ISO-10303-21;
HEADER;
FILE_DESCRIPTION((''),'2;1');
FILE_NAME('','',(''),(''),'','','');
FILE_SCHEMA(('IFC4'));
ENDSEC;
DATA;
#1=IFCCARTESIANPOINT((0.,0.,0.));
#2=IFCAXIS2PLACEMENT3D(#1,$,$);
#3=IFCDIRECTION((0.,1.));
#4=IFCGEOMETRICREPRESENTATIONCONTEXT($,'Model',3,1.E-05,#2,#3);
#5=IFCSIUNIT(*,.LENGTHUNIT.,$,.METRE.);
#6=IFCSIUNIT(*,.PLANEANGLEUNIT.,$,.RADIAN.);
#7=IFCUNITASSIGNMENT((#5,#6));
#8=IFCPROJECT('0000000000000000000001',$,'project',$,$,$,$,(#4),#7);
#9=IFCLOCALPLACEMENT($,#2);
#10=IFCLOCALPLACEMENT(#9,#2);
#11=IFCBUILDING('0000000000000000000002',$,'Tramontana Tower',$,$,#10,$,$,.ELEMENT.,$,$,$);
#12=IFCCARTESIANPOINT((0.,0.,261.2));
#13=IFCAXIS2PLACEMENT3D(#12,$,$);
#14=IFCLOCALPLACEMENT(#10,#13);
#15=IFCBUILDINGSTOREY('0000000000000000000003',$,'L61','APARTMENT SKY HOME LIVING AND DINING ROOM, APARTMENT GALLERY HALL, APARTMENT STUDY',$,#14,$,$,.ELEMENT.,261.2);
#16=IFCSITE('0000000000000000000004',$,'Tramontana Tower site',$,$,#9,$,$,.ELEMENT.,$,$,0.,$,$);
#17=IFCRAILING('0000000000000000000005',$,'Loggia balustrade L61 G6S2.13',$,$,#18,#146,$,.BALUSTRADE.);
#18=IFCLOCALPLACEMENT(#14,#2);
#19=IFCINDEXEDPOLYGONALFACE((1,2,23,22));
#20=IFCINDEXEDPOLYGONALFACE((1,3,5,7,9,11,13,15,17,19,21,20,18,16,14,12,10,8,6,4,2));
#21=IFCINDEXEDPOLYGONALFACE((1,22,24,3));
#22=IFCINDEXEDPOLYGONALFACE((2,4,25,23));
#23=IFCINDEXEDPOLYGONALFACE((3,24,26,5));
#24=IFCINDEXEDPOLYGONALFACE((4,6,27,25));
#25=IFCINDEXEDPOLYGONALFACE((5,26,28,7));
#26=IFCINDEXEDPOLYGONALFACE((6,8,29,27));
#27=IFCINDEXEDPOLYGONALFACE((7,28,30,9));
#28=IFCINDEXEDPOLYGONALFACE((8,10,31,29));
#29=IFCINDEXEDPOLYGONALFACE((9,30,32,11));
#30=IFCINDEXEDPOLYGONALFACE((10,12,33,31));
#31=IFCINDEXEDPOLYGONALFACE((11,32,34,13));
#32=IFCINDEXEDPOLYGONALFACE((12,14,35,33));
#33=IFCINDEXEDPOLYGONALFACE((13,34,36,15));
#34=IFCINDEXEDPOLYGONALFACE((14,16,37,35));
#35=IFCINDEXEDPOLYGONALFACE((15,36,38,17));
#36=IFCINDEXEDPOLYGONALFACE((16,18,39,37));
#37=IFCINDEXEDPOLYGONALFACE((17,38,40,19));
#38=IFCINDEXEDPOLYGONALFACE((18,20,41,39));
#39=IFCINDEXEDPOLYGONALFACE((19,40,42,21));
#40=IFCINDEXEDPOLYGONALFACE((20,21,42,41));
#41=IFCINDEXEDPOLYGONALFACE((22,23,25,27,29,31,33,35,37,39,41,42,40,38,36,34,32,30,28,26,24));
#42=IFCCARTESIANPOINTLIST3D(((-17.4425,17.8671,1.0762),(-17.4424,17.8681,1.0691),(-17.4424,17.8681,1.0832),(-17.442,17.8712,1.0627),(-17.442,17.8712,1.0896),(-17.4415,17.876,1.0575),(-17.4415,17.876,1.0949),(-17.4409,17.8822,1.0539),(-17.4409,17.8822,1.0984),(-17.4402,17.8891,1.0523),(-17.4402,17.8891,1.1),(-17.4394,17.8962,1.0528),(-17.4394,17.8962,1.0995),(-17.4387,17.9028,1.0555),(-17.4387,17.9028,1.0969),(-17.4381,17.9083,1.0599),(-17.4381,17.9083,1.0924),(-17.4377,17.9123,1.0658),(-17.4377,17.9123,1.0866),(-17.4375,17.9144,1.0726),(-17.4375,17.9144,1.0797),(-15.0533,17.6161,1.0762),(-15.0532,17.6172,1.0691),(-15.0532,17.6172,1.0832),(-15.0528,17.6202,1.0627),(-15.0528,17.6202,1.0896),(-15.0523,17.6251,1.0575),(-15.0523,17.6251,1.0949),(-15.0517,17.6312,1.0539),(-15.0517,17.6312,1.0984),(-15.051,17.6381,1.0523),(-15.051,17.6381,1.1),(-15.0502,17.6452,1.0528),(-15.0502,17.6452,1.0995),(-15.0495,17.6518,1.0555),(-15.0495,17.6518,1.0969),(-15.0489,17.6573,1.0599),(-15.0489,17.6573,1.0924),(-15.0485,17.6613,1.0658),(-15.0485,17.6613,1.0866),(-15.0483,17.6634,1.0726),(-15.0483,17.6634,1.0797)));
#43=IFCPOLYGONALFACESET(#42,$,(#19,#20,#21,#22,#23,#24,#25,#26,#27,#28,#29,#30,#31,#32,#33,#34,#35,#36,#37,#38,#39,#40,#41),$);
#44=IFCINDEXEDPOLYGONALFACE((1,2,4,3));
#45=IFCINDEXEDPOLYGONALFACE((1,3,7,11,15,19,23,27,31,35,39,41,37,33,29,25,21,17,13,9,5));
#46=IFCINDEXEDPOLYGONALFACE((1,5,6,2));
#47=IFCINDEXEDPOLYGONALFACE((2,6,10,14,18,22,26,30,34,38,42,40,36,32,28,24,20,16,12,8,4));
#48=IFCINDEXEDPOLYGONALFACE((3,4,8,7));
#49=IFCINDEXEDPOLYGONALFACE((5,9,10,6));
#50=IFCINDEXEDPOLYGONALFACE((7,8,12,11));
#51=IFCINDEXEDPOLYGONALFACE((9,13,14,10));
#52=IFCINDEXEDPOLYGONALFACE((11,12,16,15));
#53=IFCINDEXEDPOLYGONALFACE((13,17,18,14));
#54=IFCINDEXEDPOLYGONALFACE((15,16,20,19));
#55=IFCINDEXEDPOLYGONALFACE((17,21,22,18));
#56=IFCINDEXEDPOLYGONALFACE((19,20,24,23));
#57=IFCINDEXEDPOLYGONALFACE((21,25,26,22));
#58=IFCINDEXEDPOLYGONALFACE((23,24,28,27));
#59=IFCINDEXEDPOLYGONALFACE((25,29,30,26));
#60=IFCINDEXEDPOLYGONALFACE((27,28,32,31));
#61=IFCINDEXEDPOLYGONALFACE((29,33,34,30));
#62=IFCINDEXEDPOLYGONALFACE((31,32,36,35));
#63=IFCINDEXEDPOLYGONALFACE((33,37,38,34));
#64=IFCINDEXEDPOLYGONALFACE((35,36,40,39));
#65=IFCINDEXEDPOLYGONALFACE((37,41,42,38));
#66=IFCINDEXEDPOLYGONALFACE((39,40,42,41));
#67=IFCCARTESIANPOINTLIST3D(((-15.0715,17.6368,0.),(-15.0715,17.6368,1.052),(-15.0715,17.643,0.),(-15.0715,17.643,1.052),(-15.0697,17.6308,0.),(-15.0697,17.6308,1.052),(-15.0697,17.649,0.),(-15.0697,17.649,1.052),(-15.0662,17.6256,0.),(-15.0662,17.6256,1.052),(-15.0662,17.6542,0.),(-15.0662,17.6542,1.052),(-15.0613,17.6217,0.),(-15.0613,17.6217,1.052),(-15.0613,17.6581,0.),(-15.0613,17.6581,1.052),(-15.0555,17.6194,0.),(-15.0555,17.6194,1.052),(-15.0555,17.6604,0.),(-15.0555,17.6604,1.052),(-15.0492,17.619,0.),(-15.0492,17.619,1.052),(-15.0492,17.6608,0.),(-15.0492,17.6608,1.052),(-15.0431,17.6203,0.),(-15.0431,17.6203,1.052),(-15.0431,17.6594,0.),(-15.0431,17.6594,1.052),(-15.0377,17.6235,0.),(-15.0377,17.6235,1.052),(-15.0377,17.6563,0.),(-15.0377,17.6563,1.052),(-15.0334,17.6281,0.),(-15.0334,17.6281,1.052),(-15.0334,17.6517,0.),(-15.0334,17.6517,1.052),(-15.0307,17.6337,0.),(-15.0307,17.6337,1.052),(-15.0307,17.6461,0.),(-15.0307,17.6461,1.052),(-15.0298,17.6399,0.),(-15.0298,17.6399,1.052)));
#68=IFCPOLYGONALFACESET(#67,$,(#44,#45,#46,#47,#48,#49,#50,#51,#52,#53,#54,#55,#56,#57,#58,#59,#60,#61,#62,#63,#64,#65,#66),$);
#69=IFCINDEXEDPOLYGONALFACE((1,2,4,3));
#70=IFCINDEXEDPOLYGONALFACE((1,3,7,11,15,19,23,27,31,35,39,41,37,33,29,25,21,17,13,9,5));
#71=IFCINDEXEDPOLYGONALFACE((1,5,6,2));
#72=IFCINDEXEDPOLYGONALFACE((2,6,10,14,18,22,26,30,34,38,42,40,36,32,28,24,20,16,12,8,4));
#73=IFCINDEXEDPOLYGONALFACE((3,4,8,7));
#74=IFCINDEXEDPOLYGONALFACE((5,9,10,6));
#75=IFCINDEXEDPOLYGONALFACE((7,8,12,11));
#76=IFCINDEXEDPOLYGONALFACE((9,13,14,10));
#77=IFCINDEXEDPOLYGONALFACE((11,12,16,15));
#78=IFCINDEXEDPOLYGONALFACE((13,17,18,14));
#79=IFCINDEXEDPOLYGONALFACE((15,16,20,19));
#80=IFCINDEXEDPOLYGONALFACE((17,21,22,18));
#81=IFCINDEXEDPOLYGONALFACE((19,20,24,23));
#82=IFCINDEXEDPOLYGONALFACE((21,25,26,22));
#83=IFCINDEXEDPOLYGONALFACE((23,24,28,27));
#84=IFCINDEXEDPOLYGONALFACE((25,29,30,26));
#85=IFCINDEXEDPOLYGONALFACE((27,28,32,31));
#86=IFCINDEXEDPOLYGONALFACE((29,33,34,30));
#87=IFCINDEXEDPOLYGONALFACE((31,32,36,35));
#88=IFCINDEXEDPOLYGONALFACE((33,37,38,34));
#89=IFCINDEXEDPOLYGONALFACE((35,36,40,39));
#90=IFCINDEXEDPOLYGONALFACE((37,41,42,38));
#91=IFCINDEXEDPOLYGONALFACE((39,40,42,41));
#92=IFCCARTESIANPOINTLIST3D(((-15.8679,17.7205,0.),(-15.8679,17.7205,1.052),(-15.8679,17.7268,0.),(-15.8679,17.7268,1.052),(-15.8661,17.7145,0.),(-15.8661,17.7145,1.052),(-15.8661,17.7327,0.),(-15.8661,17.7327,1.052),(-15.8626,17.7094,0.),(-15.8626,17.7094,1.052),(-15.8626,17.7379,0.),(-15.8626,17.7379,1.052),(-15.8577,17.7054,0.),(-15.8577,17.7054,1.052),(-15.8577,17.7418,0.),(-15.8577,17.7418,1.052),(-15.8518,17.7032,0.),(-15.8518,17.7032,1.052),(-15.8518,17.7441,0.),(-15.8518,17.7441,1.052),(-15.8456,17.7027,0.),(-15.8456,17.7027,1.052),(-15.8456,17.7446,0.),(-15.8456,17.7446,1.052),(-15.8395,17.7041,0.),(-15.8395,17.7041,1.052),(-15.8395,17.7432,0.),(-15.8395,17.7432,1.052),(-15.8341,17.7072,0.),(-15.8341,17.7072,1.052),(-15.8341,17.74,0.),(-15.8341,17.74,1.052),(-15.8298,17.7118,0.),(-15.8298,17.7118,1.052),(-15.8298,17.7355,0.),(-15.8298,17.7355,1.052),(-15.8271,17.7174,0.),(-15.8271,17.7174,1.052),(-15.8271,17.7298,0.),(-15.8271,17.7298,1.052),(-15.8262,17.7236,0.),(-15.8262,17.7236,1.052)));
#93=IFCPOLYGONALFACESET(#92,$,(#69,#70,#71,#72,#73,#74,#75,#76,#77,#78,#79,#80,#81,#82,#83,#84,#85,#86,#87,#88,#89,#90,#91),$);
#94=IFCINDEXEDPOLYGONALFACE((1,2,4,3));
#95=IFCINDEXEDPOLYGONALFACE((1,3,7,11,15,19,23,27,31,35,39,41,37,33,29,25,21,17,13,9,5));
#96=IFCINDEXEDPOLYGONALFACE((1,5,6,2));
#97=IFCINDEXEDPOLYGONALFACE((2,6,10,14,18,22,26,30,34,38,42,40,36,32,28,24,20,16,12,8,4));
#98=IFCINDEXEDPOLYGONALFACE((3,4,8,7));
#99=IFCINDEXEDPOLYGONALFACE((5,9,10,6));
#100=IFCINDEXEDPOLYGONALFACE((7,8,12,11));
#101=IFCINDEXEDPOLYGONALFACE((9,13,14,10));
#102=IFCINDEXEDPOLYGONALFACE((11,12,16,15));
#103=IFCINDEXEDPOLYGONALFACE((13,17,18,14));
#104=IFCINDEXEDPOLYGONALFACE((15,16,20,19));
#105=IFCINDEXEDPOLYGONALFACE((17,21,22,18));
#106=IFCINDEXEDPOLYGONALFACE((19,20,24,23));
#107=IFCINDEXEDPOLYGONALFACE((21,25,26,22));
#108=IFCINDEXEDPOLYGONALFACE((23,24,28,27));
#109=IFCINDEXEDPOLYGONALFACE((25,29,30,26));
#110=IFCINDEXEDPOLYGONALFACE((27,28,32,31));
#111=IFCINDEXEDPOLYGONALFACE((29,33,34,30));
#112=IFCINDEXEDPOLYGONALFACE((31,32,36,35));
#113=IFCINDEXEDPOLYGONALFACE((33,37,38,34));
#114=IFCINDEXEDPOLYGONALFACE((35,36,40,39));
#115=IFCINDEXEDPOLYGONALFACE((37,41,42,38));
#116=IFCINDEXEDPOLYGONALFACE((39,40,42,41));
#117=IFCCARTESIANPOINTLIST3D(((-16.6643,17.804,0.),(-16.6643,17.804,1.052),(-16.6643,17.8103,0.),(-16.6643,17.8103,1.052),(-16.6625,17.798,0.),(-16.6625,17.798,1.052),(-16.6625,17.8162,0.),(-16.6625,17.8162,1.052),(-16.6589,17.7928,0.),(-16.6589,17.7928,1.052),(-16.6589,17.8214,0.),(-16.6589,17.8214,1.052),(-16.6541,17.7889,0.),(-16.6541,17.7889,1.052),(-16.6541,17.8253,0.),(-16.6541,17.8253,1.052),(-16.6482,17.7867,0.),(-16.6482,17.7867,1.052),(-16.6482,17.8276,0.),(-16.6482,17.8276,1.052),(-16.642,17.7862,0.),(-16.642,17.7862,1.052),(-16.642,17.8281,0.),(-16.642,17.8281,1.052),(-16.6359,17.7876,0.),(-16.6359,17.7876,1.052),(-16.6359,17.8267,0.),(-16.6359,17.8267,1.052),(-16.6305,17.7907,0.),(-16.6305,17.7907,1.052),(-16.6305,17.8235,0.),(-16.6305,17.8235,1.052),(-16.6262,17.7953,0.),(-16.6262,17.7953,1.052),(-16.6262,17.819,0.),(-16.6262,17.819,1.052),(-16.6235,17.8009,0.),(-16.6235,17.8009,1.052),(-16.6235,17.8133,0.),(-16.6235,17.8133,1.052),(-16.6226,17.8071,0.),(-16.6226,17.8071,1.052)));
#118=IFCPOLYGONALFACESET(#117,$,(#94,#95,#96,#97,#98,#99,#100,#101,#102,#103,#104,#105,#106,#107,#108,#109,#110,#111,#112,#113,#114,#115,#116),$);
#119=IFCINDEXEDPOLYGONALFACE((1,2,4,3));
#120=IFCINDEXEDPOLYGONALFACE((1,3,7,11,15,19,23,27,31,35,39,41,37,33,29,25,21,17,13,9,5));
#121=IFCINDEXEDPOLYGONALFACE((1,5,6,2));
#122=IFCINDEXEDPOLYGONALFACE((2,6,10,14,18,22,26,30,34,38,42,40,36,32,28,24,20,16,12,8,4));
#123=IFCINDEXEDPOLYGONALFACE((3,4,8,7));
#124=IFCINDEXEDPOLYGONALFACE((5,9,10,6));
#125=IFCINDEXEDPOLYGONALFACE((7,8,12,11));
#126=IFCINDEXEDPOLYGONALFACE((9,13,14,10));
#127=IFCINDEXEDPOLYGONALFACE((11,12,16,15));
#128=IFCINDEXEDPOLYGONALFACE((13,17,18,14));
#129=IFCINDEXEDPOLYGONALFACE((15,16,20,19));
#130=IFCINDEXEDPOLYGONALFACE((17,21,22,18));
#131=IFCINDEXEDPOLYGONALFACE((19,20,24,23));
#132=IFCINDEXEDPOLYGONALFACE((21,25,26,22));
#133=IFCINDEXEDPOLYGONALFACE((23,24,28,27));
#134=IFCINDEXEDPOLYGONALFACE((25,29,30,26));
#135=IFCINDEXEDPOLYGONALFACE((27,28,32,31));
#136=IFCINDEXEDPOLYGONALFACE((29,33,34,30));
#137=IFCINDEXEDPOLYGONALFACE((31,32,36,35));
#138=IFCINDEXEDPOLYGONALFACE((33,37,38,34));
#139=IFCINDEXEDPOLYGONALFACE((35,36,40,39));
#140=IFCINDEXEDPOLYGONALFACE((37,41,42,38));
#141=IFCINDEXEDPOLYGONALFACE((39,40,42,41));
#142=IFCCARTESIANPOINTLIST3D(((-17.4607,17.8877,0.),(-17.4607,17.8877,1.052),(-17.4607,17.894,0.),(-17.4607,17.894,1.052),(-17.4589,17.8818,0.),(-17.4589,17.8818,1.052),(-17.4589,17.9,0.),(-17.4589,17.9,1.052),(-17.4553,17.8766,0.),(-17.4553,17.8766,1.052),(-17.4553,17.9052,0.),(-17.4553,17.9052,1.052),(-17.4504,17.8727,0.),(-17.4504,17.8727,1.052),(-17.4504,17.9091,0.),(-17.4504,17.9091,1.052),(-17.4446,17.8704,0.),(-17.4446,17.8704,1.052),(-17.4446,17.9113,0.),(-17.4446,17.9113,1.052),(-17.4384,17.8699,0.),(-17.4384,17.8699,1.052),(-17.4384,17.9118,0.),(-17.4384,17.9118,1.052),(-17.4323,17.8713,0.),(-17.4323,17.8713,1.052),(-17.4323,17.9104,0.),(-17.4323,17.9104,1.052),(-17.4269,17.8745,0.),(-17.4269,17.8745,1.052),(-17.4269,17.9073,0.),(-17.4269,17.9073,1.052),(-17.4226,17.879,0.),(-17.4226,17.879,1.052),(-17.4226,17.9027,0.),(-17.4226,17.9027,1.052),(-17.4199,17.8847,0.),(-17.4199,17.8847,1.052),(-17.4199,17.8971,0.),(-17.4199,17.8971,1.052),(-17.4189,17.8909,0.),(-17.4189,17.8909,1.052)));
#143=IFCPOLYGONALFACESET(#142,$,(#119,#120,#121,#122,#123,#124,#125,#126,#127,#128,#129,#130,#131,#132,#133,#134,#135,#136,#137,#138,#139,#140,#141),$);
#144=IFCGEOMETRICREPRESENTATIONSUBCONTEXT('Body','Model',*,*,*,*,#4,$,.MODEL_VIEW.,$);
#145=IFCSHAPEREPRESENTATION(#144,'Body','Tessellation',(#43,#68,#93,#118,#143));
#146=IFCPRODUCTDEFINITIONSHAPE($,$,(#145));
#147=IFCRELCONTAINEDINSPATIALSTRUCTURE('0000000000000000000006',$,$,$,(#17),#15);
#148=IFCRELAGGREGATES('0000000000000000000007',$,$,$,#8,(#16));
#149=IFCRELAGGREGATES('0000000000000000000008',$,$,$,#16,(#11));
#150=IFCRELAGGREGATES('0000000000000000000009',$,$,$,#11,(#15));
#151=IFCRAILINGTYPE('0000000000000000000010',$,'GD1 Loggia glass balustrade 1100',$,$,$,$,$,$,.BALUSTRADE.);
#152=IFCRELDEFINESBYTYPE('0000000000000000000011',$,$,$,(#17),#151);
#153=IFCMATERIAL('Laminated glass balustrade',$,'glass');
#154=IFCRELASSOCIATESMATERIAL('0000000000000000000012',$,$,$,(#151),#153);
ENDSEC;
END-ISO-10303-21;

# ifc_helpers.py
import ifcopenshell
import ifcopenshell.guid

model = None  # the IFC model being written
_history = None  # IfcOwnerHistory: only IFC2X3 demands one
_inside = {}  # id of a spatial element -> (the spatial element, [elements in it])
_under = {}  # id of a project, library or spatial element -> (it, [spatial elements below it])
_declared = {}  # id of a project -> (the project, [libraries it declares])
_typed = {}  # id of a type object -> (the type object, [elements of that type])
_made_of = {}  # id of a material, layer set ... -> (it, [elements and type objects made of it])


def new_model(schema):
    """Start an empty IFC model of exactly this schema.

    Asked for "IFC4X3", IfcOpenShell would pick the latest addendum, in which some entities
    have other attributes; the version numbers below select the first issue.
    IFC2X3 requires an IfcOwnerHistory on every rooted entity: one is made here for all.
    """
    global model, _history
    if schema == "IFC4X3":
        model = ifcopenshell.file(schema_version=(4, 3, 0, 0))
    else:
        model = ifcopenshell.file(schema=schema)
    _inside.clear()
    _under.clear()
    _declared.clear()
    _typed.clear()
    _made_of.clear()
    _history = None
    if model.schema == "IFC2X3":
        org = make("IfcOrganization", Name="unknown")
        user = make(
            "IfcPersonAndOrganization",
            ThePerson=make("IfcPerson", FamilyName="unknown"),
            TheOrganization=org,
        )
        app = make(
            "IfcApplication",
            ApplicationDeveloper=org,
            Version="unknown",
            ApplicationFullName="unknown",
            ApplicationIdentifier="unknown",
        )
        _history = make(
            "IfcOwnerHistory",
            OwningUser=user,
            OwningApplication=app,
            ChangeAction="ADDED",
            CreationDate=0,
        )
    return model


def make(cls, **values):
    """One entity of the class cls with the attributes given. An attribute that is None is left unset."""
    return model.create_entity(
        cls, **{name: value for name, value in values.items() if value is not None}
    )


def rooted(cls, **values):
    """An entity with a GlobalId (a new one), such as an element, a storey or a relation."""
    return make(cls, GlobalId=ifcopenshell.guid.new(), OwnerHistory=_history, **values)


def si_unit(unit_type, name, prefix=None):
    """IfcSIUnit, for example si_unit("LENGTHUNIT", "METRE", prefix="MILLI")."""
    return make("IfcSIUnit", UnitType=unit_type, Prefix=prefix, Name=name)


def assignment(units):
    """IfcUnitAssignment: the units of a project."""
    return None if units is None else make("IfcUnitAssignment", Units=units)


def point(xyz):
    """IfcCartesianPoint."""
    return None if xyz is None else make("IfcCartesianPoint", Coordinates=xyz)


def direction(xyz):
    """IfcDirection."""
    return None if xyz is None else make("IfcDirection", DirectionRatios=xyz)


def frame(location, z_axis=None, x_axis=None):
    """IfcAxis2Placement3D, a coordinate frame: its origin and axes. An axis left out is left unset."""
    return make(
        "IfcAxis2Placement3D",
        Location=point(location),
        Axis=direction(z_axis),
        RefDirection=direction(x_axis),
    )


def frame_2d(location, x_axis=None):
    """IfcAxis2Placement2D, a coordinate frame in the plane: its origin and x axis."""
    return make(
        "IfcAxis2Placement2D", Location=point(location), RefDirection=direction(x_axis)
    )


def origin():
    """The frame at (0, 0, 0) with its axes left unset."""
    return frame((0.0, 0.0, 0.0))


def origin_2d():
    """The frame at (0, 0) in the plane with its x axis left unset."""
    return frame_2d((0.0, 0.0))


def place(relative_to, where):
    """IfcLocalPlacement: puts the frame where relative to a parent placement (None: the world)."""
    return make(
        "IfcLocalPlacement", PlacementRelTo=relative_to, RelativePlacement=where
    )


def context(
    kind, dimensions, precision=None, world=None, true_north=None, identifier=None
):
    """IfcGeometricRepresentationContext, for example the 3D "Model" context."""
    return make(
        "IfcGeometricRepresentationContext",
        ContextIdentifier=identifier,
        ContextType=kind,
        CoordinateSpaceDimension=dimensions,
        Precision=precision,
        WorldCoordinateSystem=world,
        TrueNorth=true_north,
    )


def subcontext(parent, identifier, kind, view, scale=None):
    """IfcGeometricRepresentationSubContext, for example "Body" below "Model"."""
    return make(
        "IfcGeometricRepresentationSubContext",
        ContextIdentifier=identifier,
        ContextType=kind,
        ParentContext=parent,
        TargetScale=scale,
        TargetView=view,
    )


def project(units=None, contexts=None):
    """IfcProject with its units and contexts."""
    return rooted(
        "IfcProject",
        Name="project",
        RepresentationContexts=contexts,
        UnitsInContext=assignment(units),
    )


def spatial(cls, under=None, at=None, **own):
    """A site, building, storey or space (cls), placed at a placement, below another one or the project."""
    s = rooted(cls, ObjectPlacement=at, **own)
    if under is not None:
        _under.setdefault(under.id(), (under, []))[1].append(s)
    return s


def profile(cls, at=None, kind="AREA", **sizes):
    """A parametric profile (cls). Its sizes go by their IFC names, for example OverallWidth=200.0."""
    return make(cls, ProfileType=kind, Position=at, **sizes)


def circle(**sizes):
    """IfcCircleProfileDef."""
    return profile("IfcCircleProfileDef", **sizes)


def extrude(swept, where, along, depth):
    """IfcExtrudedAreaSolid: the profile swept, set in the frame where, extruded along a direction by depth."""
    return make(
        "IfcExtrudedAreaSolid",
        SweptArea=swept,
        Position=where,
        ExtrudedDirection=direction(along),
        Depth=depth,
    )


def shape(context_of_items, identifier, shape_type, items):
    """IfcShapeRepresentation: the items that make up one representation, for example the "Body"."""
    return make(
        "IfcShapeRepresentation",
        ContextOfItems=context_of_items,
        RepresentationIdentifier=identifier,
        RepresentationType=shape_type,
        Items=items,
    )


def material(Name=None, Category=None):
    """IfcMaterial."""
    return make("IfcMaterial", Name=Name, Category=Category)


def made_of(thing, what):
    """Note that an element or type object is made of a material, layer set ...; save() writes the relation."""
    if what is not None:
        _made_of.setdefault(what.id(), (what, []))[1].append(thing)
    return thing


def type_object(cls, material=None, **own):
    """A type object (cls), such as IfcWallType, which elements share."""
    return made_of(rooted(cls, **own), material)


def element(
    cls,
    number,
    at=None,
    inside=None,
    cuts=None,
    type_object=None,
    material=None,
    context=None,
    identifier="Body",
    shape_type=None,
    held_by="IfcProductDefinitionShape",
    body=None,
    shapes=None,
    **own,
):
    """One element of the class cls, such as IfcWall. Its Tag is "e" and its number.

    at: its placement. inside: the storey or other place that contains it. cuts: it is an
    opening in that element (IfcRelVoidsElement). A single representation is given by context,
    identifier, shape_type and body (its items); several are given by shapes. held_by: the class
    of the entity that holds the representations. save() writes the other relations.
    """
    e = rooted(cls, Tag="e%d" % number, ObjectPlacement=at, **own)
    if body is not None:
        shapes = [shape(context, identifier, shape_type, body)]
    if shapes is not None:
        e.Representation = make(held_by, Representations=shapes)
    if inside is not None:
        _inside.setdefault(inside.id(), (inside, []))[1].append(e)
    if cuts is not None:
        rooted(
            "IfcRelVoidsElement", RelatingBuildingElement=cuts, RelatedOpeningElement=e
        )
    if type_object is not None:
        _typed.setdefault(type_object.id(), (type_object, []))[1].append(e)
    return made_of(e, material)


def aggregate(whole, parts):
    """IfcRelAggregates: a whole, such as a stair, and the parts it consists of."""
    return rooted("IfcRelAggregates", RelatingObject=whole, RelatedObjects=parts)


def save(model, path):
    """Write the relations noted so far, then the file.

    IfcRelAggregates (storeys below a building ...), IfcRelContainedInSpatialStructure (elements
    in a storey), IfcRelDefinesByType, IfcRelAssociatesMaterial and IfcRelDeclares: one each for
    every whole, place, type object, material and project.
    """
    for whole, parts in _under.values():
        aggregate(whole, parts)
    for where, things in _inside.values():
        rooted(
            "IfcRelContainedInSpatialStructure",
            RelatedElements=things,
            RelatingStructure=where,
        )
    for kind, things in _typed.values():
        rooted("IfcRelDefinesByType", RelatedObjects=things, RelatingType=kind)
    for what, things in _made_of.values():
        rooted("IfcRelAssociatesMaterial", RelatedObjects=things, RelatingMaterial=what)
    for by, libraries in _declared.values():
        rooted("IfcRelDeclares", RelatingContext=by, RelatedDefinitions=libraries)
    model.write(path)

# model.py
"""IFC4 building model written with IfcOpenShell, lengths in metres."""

from ifc_helpers import new_model, si_unit, direction, frame, origin, origin_2d, place, context, subcontext, project, spatial, circle, extrude, material, type_object, element, save


model = new_model("IFC4")

# Units and contexts
model_context = context("Model", 3, precision=1e-05, world=origin(), true_north=direction((0.0, 1.0)))
body_context = subcontext(model_context, "Body", "Model", "MODEL_VIEW")
ifc_project = project(units=[si_unit("LENGTHUNIT", "METRE"), si_unit("PLANEANGLEUNIT", "RADIAN")], contexts=[model_context])

# Site, building, storey
site_placement = place(None, origin())
site = spatial("IfcSite", under=ifc_project, at=site_placement, Name="Tramontana Tower site", CompositionType="ELEMENT", RefElevation=0.0)
building_placement = place(site_placement, origin())
building = spatial("IfcBuilding", under=site, at=building_placement, Name="Tramontana Tower", CompositionType="ELEMENT")
storey_placement = place(building_placement, frame((0.0, 0.0, 261.2)))
storey = spatial("IfcBuildingStorey", under=building, at=storey_placement, Name="L61", Description="APARTMENT SKY HOME LIVING AND DINING ROOM, APARTMENT GALLERY HALL, APARTMENT STUDY", CompositionType="ELEMENT", Elevation=261.2)

# Railing
ifc_material_1 = material(Name="Laminated glass balustrade", Category="glass")
railing_type = type_object("IfcRailingType", Name="GD1 Loggia glass balustrade 1100", PredefinedType="BALUSTRADE", material=ifc_material_1)
railing_1_placement = place(storey_placement, frame((-15.0508, 17.6399, 0.0)))
element("IfcRailing", 1, at=railing_1_placement, inside=storey, type_object=railing_type, Name="Loggia balustrade L61 G6S2.13", PredefinedType="BALUSTRADE", context=body_context, shape_type="SweptSolid", body=[
    extrude(circle(Radius=0.0239, at=origin_2d()), frame((0.0, 0.0, 1.0762), z_axis=(-0.994528, 0.104473, 0.0), x_axis=(-0.104473, -0.994528, 0.0)), (0.0, 0.0, 1.0), 2.4023),
    extrude(circle(Radius=0.021, at=origin_2d()), origin(), (0.0, 0.0, 1.0), 1.052),
    extrude(circle(Radius=0.021, at=origin_2d()), frame((-0.7964, 0.0837, 0.0)), (0.0, 0.0, 1.0), 1.052),
    extrude(circle(Radius=0.021, at=origin_2d()), frame((-1.5928, 0.1672, 0.0)), (0.0, 0.0, 1.0), 1.052),
    extrude(circle(Radius=0.021, at=origin_2d()), frame((-2.3892, 0.251, 0.0)), (0.0, 0.0, 1.0), 1.052),
])

save(model, "model.ifc")
